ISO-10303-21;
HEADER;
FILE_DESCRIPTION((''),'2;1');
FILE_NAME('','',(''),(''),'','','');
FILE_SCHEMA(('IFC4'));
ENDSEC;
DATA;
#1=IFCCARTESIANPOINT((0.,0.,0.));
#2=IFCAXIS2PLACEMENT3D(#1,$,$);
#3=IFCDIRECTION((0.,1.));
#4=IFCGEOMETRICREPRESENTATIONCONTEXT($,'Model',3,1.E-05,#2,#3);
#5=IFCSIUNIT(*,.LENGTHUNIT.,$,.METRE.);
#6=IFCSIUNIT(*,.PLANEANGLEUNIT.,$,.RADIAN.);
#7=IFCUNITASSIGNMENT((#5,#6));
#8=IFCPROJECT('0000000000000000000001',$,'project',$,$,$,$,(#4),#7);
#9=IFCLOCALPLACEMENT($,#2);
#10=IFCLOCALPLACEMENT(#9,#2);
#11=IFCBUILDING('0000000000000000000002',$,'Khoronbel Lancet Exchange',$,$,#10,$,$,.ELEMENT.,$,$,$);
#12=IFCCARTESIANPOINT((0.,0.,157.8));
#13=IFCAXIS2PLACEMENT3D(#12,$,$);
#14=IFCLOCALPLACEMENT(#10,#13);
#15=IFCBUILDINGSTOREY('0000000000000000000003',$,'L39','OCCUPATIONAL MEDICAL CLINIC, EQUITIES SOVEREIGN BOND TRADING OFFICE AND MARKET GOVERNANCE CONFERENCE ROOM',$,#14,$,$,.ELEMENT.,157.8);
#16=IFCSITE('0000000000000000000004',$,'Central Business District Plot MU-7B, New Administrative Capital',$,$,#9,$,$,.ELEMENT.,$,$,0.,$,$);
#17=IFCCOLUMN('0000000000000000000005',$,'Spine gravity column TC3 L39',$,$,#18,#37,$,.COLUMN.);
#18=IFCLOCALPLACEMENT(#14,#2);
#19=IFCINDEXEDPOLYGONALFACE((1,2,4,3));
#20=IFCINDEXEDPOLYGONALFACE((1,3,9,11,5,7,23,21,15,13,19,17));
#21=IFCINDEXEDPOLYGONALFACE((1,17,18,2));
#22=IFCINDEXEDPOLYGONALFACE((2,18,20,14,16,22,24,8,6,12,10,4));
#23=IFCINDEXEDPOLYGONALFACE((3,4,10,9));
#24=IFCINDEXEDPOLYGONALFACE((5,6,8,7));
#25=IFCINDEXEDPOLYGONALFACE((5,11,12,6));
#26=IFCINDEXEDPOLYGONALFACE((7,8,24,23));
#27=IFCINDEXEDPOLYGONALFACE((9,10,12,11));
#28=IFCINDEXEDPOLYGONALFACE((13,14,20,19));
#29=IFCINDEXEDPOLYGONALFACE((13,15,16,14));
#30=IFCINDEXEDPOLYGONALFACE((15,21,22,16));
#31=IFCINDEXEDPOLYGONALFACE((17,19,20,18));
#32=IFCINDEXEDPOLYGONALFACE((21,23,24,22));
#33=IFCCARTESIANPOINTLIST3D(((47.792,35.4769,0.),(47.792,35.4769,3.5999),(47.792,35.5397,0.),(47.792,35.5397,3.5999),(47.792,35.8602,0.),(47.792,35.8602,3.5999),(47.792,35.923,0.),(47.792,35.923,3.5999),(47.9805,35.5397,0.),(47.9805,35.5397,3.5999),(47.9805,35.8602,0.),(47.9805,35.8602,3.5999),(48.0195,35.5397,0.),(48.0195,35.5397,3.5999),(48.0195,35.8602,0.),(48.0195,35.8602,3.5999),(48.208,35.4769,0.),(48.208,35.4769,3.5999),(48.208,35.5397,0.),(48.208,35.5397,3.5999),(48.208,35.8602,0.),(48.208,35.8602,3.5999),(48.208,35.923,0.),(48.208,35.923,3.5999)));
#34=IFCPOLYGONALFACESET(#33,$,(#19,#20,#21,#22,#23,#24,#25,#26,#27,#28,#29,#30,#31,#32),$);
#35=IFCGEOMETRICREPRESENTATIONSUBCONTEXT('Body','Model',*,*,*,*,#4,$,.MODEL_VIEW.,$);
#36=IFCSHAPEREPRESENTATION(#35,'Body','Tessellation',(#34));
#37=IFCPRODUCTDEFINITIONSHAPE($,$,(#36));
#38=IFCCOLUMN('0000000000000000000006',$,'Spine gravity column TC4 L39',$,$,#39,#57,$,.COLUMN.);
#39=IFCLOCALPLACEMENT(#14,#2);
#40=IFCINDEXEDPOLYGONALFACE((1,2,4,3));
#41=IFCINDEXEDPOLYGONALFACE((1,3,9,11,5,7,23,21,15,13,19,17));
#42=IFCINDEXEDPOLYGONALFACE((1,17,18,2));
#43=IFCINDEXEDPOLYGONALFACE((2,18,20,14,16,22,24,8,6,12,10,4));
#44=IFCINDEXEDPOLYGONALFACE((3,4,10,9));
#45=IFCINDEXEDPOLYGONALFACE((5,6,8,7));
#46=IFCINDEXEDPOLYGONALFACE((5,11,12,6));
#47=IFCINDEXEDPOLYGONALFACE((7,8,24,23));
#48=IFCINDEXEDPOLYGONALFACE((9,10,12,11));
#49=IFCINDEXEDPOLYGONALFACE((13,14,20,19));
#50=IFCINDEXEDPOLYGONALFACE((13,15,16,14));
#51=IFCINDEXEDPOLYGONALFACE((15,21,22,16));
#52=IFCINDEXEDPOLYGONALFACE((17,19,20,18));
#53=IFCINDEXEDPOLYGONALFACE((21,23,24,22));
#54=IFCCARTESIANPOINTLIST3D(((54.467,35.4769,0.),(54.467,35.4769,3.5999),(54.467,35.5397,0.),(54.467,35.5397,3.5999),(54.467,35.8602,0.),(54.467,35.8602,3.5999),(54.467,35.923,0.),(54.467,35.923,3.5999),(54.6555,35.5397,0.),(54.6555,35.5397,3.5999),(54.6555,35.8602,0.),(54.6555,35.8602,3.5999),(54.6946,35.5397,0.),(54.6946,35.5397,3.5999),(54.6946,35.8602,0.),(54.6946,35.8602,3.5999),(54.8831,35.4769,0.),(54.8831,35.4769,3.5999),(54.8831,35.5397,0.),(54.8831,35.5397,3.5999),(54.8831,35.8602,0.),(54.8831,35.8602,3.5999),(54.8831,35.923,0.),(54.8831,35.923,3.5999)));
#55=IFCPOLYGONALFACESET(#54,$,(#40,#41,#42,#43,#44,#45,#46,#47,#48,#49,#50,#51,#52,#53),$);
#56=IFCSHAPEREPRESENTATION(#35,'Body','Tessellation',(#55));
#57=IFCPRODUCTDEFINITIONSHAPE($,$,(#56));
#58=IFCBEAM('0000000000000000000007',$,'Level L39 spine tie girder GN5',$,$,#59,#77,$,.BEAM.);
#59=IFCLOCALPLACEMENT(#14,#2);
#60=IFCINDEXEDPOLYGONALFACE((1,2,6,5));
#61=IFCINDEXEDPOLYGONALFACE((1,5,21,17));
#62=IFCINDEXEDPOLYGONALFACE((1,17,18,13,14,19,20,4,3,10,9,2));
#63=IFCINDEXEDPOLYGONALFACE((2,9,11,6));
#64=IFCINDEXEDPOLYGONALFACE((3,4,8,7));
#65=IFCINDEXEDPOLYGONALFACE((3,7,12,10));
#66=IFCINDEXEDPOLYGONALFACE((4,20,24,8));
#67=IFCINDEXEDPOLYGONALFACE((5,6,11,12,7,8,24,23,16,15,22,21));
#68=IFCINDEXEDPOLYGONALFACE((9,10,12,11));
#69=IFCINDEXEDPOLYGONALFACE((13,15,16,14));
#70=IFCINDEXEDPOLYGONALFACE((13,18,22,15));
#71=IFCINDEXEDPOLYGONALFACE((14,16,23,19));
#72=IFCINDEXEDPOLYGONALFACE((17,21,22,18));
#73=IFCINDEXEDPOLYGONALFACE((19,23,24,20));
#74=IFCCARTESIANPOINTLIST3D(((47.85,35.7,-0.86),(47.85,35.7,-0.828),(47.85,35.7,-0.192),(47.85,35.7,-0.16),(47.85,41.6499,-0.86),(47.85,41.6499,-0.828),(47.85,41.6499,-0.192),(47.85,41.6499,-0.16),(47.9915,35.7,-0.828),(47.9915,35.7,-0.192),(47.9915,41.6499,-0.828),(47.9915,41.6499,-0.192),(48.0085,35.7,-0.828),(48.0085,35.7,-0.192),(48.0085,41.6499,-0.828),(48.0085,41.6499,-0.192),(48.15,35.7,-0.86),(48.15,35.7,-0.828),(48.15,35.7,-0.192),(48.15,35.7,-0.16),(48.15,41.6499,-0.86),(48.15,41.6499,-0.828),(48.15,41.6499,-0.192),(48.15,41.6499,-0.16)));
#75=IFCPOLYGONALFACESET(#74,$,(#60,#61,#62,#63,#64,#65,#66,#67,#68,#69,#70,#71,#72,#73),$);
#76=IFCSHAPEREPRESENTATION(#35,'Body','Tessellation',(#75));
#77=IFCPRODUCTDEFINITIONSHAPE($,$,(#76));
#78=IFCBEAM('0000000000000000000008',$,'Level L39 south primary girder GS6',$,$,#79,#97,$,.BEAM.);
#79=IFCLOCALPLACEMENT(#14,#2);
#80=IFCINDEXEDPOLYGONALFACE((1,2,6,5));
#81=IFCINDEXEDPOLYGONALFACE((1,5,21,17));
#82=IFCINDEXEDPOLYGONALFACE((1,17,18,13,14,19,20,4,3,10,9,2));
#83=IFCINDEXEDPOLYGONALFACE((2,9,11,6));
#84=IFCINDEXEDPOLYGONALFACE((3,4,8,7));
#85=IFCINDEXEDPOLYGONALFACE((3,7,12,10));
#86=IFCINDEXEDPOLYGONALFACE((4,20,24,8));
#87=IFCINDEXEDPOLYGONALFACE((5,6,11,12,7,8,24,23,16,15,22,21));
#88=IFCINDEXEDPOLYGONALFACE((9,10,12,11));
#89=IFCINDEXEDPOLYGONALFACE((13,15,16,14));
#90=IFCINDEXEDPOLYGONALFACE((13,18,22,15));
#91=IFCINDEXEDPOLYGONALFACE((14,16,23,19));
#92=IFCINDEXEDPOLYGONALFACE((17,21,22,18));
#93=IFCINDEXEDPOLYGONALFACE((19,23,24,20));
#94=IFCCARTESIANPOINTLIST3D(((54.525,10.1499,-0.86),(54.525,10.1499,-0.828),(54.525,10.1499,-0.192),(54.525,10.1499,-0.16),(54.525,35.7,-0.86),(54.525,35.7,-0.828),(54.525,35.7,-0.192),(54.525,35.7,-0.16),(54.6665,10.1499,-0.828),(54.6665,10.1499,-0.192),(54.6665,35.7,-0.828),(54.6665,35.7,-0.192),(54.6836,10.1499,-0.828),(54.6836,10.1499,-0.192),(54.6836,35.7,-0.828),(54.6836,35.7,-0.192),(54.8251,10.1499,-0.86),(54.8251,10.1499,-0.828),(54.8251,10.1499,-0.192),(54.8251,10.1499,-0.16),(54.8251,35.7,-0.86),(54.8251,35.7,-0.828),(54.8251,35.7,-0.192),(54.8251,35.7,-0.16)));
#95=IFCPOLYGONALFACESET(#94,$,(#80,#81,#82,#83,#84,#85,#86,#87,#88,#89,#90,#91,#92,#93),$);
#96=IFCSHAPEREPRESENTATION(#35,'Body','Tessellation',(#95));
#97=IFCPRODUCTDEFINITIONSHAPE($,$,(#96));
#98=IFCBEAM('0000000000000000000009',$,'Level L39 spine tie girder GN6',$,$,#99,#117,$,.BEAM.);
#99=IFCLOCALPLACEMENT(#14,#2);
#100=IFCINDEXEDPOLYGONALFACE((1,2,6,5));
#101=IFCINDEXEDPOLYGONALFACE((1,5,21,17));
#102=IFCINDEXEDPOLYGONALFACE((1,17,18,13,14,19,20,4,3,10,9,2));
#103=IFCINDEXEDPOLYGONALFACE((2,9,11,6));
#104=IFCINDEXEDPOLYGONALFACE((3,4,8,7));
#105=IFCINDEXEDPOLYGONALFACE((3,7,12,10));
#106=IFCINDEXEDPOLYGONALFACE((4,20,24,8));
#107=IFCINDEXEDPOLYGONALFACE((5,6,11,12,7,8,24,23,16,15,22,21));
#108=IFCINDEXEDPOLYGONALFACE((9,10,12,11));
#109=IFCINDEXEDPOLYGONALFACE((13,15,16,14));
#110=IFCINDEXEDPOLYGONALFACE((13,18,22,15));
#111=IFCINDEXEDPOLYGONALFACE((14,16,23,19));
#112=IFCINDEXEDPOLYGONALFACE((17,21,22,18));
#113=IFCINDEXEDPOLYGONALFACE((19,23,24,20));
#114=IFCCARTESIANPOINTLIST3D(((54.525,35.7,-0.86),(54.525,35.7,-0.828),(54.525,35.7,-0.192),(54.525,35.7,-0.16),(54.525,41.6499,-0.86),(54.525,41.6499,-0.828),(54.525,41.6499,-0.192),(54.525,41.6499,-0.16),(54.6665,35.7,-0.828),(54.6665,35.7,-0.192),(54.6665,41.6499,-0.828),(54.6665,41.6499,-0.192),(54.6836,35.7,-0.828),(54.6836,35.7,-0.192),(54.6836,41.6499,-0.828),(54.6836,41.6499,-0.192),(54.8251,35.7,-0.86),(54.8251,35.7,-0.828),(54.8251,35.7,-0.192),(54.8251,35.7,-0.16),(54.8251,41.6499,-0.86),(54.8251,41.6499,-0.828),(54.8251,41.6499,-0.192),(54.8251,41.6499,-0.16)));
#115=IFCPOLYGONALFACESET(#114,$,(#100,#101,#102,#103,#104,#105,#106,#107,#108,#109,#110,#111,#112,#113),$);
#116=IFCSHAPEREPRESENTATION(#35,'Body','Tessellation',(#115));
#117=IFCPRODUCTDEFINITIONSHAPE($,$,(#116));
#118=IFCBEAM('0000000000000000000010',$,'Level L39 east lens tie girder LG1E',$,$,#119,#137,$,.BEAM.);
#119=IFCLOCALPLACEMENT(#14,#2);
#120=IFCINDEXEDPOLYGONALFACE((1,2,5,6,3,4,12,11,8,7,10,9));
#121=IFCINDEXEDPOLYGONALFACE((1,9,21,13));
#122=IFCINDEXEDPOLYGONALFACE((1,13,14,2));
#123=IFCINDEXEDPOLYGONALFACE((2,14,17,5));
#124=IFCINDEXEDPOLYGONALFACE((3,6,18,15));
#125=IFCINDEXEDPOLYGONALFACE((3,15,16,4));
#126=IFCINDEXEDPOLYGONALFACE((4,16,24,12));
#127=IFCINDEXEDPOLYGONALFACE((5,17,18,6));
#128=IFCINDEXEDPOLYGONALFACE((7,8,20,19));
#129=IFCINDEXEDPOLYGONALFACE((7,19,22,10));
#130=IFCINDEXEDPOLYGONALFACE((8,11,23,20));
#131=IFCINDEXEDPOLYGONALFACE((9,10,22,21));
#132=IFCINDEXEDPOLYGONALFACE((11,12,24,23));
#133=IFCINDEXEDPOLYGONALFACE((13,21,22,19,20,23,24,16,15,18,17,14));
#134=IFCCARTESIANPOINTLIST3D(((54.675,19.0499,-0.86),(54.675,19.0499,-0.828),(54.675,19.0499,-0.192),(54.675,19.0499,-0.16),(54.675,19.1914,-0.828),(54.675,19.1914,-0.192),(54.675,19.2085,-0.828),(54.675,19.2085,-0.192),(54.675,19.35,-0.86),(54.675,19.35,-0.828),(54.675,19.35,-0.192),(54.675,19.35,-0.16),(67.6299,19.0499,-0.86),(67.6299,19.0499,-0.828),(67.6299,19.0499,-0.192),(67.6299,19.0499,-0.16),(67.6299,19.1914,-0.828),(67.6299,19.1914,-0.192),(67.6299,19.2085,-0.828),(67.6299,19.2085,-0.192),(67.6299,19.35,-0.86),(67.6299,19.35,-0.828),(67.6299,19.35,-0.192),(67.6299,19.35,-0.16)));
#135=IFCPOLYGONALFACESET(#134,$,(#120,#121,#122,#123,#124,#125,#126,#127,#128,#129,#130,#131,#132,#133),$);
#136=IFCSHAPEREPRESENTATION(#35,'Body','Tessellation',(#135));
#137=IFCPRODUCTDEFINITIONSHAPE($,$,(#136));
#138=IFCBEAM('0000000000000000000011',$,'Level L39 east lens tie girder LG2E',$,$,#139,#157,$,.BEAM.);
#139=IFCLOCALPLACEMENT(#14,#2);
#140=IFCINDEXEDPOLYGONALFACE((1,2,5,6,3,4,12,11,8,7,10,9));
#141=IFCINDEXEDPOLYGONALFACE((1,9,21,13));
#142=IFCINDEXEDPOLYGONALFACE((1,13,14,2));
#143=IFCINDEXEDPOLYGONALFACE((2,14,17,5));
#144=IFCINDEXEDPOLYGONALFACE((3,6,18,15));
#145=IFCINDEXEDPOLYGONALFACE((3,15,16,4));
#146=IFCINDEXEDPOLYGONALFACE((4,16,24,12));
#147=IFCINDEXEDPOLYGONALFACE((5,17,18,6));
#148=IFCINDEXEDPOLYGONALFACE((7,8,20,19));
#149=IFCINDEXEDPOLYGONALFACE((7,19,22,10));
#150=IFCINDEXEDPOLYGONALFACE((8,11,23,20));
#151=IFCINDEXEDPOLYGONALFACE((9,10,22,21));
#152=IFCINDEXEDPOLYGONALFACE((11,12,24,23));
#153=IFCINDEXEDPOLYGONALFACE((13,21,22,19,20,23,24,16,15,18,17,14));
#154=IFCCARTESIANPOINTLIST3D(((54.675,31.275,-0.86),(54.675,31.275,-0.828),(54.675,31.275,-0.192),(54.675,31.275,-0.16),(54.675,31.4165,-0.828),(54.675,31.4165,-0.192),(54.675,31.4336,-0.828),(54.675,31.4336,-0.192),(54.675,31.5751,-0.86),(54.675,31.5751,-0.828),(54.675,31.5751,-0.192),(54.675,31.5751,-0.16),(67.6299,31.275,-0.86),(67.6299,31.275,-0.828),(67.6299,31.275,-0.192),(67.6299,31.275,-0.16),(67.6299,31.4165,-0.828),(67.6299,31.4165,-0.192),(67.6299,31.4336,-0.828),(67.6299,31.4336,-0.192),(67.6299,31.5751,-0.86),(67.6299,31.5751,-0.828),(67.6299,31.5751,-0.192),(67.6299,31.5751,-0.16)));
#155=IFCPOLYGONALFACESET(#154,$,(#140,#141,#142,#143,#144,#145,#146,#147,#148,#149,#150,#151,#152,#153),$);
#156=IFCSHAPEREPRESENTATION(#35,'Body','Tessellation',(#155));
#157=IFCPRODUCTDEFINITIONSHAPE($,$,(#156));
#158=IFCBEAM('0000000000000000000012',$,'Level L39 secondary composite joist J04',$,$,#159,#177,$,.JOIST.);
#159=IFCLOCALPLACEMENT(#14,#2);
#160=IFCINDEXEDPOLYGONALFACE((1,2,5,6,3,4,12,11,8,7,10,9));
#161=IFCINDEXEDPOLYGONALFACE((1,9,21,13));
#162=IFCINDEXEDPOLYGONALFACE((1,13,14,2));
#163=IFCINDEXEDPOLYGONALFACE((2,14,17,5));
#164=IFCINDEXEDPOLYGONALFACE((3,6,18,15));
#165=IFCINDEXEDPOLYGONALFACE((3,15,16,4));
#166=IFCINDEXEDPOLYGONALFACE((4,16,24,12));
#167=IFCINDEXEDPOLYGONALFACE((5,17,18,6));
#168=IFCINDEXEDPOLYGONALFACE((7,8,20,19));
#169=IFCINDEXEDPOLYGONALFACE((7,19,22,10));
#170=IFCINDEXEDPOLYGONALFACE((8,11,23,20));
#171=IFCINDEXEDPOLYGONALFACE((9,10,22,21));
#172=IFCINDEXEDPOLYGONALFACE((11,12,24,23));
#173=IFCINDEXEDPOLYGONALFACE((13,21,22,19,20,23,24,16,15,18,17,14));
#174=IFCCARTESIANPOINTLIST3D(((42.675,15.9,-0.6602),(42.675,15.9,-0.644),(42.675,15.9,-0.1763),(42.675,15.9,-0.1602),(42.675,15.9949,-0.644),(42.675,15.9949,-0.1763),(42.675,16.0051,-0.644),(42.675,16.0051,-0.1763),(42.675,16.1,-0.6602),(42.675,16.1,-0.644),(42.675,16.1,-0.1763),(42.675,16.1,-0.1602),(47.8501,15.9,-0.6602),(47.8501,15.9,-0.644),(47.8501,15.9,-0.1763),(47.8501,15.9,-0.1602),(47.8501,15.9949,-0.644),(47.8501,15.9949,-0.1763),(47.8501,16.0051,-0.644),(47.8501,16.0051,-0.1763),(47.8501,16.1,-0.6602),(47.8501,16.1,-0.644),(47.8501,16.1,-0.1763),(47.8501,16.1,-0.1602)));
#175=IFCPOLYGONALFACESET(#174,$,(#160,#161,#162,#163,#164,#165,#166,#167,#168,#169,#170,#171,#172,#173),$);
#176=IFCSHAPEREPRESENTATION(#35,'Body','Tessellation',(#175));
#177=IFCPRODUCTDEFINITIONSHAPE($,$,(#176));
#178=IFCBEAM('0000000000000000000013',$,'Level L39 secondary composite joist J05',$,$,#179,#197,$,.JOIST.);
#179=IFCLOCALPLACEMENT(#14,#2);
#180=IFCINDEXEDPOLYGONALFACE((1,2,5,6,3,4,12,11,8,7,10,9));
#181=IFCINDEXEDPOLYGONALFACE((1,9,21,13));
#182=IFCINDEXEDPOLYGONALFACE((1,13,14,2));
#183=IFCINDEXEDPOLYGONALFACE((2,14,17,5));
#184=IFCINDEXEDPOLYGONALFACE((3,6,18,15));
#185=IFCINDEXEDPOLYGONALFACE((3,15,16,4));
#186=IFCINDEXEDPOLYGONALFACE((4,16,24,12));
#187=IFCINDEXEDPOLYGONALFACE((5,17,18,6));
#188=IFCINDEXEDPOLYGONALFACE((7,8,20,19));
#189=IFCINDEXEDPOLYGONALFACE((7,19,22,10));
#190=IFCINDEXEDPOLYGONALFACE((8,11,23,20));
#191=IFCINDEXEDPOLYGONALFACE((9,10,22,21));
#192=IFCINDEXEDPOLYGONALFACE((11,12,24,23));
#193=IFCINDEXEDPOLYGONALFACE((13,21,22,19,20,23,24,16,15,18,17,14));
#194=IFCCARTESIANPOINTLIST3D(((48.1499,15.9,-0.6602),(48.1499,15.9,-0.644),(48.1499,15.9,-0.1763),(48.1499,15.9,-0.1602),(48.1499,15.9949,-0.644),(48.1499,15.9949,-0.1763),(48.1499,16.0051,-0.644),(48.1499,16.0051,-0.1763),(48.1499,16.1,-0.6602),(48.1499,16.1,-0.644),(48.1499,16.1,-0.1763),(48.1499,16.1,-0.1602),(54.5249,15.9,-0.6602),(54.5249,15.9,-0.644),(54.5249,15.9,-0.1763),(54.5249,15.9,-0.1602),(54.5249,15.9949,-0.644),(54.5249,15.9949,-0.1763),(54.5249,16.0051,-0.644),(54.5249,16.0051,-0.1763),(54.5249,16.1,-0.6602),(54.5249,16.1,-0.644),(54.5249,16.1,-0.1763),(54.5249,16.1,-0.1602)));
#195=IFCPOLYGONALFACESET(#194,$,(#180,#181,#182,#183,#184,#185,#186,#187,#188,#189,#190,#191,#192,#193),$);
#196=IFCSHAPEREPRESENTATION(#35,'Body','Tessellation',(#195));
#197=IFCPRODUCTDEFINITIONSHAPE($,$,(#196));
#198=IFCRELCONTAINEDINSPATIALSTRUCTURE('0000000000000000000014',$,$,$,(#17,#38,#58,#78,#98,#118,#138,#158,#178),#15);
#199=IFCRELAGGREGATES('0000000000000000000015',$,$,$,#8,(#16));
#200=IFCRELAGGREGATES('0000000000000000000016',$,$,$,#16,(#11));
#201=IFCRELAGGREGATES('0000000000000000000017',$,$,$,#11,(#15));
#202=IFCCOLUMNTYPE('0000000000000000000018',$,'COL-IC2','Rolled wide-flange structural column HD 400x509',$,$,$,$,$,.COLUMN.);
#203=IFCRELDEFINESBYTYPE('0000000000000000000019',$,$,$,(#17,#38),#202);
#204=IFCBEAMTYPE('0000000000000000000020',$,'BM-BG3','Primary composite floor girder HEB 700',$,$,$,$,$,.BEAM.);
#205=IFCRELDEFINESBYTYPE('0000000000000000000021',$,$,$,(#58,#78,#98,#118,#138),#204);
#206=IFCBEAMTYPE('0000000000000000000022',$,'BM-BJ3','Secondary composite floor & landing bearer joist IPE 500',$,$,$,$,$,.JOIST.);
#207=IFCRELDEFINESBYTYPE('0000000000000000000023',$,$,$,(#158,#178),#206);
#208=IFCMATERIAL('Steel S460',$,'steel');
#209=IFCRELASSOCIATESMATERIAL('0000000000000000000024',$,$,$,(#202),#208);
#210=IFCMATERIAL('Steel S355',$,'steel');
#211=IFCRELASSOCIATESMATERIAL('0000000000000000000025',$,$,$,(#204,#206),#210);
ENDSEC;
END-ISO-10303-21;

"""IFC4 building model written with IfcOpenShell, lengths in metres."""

from ifc_helpers import new_model, si_unit, direction, frame, origin, origin_2d, place, context, subcontext, project, spatial, i_section, extrude, material, material_profile, profile_set, type_object, element, save


model = new_model("IFC4")

# Units and contexts
model_context = context("Model", 3, precision=1e-05, world=origin(), true_north=direction((0.0, 1.0)))
body_context = subcontext(model_context, "Body", "Model", "MODEL_VIEW")
ifc_project = project(units=[si_unit("LENGTHUNIT", "METRE"), si_unit("PLANEANGLEUNIT", "RADIAN")], contexts=[model_context])

# Site, building, storey
site_placement = place(None, origin())
site = spatial("IfcSite", under=ifc_project, at=site_placement, Name="Central Business District Plot MU-7B, New Administrative Capital", CompositionType="ELEMENT", RefElevation=0.0)
building_placement = place(site_placement, origin())
building = spatial("IfcBuilding", under=site, at=building_placement, Name="Khoronbel Lancet Exchange", CompositionType="ELEMENT")
storey_placement = place(building_placement, frame((0.0, 0.0, 157.8)))
storey = spatial("IfcBuildingStorey", under=building, at=storey_placement, Name="L39", Description="OCCUPATIONAL MEDICAL CLINIC, EQUITIES SOVEREIGN BOND TRADING OFFICE AND MARKET GOVERNANCE CONFERENCE ROOM", CompositionType="ELEMENT", Elevation=157.8)

# Columns
ifc_material_1 = material(Name="Steel S460", Category="steel")
ifc_material_profile_1 = material_profile(ifc_material_1, i_section(OverallWidth=0.416, OverallDepth=0.446, WebThickness=0.0391, FlangeThickness=0.0627, at=origin_2d()), Name="HD 400x509")
ifc_profile_set_1 = profile_set([ifc_material_profile_1], Name="Steel S460")
column_type = type_object("IfcColumnType", Name="COL-IC2", Description="Rolled wide-flange structural column HD 400x509", PredefinedType="COLUMN", material=ifc_profile_set_1)
for number, where, z_axis, x_axis, name in (
    (1, (48.0, 35.7, 0.0), (0.0, 0.0, 1.0), (1.0, 0.0, 0.0), "Spine gravity column TC3 L39"),
    (2, (54.675, 35.7, 0.0), (0.0, 0.0, 1.0), (1.0, 0.0, 0.0), "Spine gravity column TC4 L39"),
):
    element("IfcColumn", number, at=place(storey_placement, frame(where, z_axis=z_axis, x_axis=x_axis)), inside=storey, type_object=column_type, Name=name, PredefinedType="COLUMN", context=body_context, shape_type="SweptSolid", body=[
        extrude(i_section(OverallWidth=0.416, OverallDepth=0.446, WebThickness=0.0391, FlangeThickness=0.0627, at=origin_2d()), origin(), (0.0, 0.0, 1.0), 3.5999),
    ])

# Beams
ifc_material_2 = material(Name="Steel S355", Category="steel")
ifc_material_profile_2 = material_profile(ifc_material_2, i_section(OverallWidth=0.3, OverallDepth=0.7, WebThickness=0.0171, FlangeThickness=0.032, at=origin_2d()), Name="HEB 700")
ifc_profile_set_2 = profile_set([ifc_material_profile_2], Name="Steel S355")
beam_type_1 = type_object("IfcBeamType", Name="BM-BG3", Description="Primary composite floor girder HEB 700", PredefinedType="BEAM", material=ifc_profile_set_2)
beam_1_placement = place(storey_placement, frame((48.0, 35.7, -0.51), z_axis=(0.0, 1.0, 0.0), x_axis=(-1.0, 0.0, 0.0)))
element("IfcBeam", 3, at=beam_1_placement, inside=storey, type_object=beam_type_1, Name="Level L39 spine tie girder GN5", PredefinedType="BEAM", context=body_context, shape_type="SweptSolid", body=[
    extrude(i_section(OverallWidth=0.3, OverallDepth=0.7, WebThickness=0.0171, FlangeThickness=0.032, at=origin_2d()), origin(), (0.0, 0.0, 1.0), 5.95),
])
beam_2_placement = place(storey_placement, frame((54.675, 10.1499, -0.51), z_axis=(0.0, 1.0, 0.0), x_axis=(-1.0, 0.0, 0.0)))
element("IfcBeam", 4, at=beam_2_placement, inside=storey, type_object=beam_type_1, Name="Level L39 south primary girder GS6", PredefinedType="BEAM", context=body_context, shape_type="SweptSolid", body=[
    extrude(i_section(OverallWidth=0.3, OverallDepth=0.7, WebThickness=0.0171, FlangeThickness=0.032, at=origin_2d()), origin(), (0.0, 0.0, 1.0), 25.55),
])
beam_3_placement = place(storey_placement, frame((54.675, 35.7, -0.51), z_axis=(0.0, 1.0, 0.0), x_axis=(-1.0, 0.0, 0.0)))
element("IfcBeam", 5, at=beam_3_placement, inside=storey, type_object=beam_type_1, Name="Level L39 spine tie girder GN6", PredefinedType="BEAM", context=body_context, shape_type="SweptSolid", body=[
    extrude(i_section(OverallWidth=0.3, OverallDepth=0.7, WebThickness=0.0171, FlangeThickness=0.032, at=origin_2d()), origin(), (0.0, 0.0, 1.0), 5.95),
])
for number, where, z_axis, x_axis, name in (
    (6, (54.675, 19.2, -0.51), (1.0, 0.0, 0.0), (0.0, 1.0, 0.0), "Level L39 east lens tie girder LG1E"),
    (7, (54.675, 31.425, -0.51), (1.0, 0.0, 0.0), (0.0, 1.0, 0.0), "Level L39 east lens tie girder LG2E"),
):
    element("IfcBeam", number, at=place(storey_placement, frame(where, z_axis=z_axis, x_axis=x_axis)), inside=storey, type_object=beam_type_1, Name=name, PredefinedType="BEAM", context=body_context, shape_type="SweptSolid", body=[
        extrude(i_section(OverallWidth=0.3, OverallDepth=0.7, WebThickness=0.0171, FlangeThickness=0.032, at=origin_2d()), origin(), (0.0, 0.0, 1.0), 12.9548),
    ])
ifc_material_profile_3 = material_profile(ifc_material_2, i_section(OverallWidth=0.2, OverallDepth=0.5, WebThickness=0.0103, FlangeThickness=0.0161, at=origin_2d()), Name="IPE 500")
ifc_profile_set_3 = profile_set([ifc_material_profile_3], Name="Steel S355")
beam_type_2 = type_object("IfcBeamType", Name="BM-BJ3", Description="Secondary composite floor & landing bearer joist IPE 500", PredefinedType="JOIST", material=ifc_profile_set_3)
beam_4_placement = place(storey_placement, frame((42.675, 16.0, -0.4102), z_axis=(1.0, 0.0, 0.0), x_axis=(0.0, 1.0, 0.0)))
element("IfcBeam", 8, at=beam_4_placement, inside=storey, type_object=beam_type_2, Name="Level L39 secondary composite joist J04", PredefinedType="JOIST", context=body_context, shape_type="SweptSolid", body=[
    extrude(i_section(OverallWidth=0.2, OverallDepth=0.5, WebThickness=0.0103, FlangeThickness=0.0161, at=origin_2d()), origin(), (0.0, 0.0, 1.0), 5.175),
])
beam_5_placement = place(storey_placement, frame((48.1499, 16.0, -0.4102), z_axis=(1.0, 0.0, 0.0), x_axis=(0.0, 1.0, 0.0)))
element("IfcBeam", 9, at=beam_5_placement, inside=storey, type_object=beam_type_2, Name="Level L39 secondary composite joist J05", PredefinedType="JOIST", context=body_context, shape_type="SweptSolid", body=[
    extrude(i_section(OverallWidth=0.2, OverallDepth=0.5, WebThickness=0.0103, FlangeThickness=0.0161, at=origin_2d()), origin(), (0.0, 0.0, 1.0), 6.375),
])

save(model, "model.ifc")
